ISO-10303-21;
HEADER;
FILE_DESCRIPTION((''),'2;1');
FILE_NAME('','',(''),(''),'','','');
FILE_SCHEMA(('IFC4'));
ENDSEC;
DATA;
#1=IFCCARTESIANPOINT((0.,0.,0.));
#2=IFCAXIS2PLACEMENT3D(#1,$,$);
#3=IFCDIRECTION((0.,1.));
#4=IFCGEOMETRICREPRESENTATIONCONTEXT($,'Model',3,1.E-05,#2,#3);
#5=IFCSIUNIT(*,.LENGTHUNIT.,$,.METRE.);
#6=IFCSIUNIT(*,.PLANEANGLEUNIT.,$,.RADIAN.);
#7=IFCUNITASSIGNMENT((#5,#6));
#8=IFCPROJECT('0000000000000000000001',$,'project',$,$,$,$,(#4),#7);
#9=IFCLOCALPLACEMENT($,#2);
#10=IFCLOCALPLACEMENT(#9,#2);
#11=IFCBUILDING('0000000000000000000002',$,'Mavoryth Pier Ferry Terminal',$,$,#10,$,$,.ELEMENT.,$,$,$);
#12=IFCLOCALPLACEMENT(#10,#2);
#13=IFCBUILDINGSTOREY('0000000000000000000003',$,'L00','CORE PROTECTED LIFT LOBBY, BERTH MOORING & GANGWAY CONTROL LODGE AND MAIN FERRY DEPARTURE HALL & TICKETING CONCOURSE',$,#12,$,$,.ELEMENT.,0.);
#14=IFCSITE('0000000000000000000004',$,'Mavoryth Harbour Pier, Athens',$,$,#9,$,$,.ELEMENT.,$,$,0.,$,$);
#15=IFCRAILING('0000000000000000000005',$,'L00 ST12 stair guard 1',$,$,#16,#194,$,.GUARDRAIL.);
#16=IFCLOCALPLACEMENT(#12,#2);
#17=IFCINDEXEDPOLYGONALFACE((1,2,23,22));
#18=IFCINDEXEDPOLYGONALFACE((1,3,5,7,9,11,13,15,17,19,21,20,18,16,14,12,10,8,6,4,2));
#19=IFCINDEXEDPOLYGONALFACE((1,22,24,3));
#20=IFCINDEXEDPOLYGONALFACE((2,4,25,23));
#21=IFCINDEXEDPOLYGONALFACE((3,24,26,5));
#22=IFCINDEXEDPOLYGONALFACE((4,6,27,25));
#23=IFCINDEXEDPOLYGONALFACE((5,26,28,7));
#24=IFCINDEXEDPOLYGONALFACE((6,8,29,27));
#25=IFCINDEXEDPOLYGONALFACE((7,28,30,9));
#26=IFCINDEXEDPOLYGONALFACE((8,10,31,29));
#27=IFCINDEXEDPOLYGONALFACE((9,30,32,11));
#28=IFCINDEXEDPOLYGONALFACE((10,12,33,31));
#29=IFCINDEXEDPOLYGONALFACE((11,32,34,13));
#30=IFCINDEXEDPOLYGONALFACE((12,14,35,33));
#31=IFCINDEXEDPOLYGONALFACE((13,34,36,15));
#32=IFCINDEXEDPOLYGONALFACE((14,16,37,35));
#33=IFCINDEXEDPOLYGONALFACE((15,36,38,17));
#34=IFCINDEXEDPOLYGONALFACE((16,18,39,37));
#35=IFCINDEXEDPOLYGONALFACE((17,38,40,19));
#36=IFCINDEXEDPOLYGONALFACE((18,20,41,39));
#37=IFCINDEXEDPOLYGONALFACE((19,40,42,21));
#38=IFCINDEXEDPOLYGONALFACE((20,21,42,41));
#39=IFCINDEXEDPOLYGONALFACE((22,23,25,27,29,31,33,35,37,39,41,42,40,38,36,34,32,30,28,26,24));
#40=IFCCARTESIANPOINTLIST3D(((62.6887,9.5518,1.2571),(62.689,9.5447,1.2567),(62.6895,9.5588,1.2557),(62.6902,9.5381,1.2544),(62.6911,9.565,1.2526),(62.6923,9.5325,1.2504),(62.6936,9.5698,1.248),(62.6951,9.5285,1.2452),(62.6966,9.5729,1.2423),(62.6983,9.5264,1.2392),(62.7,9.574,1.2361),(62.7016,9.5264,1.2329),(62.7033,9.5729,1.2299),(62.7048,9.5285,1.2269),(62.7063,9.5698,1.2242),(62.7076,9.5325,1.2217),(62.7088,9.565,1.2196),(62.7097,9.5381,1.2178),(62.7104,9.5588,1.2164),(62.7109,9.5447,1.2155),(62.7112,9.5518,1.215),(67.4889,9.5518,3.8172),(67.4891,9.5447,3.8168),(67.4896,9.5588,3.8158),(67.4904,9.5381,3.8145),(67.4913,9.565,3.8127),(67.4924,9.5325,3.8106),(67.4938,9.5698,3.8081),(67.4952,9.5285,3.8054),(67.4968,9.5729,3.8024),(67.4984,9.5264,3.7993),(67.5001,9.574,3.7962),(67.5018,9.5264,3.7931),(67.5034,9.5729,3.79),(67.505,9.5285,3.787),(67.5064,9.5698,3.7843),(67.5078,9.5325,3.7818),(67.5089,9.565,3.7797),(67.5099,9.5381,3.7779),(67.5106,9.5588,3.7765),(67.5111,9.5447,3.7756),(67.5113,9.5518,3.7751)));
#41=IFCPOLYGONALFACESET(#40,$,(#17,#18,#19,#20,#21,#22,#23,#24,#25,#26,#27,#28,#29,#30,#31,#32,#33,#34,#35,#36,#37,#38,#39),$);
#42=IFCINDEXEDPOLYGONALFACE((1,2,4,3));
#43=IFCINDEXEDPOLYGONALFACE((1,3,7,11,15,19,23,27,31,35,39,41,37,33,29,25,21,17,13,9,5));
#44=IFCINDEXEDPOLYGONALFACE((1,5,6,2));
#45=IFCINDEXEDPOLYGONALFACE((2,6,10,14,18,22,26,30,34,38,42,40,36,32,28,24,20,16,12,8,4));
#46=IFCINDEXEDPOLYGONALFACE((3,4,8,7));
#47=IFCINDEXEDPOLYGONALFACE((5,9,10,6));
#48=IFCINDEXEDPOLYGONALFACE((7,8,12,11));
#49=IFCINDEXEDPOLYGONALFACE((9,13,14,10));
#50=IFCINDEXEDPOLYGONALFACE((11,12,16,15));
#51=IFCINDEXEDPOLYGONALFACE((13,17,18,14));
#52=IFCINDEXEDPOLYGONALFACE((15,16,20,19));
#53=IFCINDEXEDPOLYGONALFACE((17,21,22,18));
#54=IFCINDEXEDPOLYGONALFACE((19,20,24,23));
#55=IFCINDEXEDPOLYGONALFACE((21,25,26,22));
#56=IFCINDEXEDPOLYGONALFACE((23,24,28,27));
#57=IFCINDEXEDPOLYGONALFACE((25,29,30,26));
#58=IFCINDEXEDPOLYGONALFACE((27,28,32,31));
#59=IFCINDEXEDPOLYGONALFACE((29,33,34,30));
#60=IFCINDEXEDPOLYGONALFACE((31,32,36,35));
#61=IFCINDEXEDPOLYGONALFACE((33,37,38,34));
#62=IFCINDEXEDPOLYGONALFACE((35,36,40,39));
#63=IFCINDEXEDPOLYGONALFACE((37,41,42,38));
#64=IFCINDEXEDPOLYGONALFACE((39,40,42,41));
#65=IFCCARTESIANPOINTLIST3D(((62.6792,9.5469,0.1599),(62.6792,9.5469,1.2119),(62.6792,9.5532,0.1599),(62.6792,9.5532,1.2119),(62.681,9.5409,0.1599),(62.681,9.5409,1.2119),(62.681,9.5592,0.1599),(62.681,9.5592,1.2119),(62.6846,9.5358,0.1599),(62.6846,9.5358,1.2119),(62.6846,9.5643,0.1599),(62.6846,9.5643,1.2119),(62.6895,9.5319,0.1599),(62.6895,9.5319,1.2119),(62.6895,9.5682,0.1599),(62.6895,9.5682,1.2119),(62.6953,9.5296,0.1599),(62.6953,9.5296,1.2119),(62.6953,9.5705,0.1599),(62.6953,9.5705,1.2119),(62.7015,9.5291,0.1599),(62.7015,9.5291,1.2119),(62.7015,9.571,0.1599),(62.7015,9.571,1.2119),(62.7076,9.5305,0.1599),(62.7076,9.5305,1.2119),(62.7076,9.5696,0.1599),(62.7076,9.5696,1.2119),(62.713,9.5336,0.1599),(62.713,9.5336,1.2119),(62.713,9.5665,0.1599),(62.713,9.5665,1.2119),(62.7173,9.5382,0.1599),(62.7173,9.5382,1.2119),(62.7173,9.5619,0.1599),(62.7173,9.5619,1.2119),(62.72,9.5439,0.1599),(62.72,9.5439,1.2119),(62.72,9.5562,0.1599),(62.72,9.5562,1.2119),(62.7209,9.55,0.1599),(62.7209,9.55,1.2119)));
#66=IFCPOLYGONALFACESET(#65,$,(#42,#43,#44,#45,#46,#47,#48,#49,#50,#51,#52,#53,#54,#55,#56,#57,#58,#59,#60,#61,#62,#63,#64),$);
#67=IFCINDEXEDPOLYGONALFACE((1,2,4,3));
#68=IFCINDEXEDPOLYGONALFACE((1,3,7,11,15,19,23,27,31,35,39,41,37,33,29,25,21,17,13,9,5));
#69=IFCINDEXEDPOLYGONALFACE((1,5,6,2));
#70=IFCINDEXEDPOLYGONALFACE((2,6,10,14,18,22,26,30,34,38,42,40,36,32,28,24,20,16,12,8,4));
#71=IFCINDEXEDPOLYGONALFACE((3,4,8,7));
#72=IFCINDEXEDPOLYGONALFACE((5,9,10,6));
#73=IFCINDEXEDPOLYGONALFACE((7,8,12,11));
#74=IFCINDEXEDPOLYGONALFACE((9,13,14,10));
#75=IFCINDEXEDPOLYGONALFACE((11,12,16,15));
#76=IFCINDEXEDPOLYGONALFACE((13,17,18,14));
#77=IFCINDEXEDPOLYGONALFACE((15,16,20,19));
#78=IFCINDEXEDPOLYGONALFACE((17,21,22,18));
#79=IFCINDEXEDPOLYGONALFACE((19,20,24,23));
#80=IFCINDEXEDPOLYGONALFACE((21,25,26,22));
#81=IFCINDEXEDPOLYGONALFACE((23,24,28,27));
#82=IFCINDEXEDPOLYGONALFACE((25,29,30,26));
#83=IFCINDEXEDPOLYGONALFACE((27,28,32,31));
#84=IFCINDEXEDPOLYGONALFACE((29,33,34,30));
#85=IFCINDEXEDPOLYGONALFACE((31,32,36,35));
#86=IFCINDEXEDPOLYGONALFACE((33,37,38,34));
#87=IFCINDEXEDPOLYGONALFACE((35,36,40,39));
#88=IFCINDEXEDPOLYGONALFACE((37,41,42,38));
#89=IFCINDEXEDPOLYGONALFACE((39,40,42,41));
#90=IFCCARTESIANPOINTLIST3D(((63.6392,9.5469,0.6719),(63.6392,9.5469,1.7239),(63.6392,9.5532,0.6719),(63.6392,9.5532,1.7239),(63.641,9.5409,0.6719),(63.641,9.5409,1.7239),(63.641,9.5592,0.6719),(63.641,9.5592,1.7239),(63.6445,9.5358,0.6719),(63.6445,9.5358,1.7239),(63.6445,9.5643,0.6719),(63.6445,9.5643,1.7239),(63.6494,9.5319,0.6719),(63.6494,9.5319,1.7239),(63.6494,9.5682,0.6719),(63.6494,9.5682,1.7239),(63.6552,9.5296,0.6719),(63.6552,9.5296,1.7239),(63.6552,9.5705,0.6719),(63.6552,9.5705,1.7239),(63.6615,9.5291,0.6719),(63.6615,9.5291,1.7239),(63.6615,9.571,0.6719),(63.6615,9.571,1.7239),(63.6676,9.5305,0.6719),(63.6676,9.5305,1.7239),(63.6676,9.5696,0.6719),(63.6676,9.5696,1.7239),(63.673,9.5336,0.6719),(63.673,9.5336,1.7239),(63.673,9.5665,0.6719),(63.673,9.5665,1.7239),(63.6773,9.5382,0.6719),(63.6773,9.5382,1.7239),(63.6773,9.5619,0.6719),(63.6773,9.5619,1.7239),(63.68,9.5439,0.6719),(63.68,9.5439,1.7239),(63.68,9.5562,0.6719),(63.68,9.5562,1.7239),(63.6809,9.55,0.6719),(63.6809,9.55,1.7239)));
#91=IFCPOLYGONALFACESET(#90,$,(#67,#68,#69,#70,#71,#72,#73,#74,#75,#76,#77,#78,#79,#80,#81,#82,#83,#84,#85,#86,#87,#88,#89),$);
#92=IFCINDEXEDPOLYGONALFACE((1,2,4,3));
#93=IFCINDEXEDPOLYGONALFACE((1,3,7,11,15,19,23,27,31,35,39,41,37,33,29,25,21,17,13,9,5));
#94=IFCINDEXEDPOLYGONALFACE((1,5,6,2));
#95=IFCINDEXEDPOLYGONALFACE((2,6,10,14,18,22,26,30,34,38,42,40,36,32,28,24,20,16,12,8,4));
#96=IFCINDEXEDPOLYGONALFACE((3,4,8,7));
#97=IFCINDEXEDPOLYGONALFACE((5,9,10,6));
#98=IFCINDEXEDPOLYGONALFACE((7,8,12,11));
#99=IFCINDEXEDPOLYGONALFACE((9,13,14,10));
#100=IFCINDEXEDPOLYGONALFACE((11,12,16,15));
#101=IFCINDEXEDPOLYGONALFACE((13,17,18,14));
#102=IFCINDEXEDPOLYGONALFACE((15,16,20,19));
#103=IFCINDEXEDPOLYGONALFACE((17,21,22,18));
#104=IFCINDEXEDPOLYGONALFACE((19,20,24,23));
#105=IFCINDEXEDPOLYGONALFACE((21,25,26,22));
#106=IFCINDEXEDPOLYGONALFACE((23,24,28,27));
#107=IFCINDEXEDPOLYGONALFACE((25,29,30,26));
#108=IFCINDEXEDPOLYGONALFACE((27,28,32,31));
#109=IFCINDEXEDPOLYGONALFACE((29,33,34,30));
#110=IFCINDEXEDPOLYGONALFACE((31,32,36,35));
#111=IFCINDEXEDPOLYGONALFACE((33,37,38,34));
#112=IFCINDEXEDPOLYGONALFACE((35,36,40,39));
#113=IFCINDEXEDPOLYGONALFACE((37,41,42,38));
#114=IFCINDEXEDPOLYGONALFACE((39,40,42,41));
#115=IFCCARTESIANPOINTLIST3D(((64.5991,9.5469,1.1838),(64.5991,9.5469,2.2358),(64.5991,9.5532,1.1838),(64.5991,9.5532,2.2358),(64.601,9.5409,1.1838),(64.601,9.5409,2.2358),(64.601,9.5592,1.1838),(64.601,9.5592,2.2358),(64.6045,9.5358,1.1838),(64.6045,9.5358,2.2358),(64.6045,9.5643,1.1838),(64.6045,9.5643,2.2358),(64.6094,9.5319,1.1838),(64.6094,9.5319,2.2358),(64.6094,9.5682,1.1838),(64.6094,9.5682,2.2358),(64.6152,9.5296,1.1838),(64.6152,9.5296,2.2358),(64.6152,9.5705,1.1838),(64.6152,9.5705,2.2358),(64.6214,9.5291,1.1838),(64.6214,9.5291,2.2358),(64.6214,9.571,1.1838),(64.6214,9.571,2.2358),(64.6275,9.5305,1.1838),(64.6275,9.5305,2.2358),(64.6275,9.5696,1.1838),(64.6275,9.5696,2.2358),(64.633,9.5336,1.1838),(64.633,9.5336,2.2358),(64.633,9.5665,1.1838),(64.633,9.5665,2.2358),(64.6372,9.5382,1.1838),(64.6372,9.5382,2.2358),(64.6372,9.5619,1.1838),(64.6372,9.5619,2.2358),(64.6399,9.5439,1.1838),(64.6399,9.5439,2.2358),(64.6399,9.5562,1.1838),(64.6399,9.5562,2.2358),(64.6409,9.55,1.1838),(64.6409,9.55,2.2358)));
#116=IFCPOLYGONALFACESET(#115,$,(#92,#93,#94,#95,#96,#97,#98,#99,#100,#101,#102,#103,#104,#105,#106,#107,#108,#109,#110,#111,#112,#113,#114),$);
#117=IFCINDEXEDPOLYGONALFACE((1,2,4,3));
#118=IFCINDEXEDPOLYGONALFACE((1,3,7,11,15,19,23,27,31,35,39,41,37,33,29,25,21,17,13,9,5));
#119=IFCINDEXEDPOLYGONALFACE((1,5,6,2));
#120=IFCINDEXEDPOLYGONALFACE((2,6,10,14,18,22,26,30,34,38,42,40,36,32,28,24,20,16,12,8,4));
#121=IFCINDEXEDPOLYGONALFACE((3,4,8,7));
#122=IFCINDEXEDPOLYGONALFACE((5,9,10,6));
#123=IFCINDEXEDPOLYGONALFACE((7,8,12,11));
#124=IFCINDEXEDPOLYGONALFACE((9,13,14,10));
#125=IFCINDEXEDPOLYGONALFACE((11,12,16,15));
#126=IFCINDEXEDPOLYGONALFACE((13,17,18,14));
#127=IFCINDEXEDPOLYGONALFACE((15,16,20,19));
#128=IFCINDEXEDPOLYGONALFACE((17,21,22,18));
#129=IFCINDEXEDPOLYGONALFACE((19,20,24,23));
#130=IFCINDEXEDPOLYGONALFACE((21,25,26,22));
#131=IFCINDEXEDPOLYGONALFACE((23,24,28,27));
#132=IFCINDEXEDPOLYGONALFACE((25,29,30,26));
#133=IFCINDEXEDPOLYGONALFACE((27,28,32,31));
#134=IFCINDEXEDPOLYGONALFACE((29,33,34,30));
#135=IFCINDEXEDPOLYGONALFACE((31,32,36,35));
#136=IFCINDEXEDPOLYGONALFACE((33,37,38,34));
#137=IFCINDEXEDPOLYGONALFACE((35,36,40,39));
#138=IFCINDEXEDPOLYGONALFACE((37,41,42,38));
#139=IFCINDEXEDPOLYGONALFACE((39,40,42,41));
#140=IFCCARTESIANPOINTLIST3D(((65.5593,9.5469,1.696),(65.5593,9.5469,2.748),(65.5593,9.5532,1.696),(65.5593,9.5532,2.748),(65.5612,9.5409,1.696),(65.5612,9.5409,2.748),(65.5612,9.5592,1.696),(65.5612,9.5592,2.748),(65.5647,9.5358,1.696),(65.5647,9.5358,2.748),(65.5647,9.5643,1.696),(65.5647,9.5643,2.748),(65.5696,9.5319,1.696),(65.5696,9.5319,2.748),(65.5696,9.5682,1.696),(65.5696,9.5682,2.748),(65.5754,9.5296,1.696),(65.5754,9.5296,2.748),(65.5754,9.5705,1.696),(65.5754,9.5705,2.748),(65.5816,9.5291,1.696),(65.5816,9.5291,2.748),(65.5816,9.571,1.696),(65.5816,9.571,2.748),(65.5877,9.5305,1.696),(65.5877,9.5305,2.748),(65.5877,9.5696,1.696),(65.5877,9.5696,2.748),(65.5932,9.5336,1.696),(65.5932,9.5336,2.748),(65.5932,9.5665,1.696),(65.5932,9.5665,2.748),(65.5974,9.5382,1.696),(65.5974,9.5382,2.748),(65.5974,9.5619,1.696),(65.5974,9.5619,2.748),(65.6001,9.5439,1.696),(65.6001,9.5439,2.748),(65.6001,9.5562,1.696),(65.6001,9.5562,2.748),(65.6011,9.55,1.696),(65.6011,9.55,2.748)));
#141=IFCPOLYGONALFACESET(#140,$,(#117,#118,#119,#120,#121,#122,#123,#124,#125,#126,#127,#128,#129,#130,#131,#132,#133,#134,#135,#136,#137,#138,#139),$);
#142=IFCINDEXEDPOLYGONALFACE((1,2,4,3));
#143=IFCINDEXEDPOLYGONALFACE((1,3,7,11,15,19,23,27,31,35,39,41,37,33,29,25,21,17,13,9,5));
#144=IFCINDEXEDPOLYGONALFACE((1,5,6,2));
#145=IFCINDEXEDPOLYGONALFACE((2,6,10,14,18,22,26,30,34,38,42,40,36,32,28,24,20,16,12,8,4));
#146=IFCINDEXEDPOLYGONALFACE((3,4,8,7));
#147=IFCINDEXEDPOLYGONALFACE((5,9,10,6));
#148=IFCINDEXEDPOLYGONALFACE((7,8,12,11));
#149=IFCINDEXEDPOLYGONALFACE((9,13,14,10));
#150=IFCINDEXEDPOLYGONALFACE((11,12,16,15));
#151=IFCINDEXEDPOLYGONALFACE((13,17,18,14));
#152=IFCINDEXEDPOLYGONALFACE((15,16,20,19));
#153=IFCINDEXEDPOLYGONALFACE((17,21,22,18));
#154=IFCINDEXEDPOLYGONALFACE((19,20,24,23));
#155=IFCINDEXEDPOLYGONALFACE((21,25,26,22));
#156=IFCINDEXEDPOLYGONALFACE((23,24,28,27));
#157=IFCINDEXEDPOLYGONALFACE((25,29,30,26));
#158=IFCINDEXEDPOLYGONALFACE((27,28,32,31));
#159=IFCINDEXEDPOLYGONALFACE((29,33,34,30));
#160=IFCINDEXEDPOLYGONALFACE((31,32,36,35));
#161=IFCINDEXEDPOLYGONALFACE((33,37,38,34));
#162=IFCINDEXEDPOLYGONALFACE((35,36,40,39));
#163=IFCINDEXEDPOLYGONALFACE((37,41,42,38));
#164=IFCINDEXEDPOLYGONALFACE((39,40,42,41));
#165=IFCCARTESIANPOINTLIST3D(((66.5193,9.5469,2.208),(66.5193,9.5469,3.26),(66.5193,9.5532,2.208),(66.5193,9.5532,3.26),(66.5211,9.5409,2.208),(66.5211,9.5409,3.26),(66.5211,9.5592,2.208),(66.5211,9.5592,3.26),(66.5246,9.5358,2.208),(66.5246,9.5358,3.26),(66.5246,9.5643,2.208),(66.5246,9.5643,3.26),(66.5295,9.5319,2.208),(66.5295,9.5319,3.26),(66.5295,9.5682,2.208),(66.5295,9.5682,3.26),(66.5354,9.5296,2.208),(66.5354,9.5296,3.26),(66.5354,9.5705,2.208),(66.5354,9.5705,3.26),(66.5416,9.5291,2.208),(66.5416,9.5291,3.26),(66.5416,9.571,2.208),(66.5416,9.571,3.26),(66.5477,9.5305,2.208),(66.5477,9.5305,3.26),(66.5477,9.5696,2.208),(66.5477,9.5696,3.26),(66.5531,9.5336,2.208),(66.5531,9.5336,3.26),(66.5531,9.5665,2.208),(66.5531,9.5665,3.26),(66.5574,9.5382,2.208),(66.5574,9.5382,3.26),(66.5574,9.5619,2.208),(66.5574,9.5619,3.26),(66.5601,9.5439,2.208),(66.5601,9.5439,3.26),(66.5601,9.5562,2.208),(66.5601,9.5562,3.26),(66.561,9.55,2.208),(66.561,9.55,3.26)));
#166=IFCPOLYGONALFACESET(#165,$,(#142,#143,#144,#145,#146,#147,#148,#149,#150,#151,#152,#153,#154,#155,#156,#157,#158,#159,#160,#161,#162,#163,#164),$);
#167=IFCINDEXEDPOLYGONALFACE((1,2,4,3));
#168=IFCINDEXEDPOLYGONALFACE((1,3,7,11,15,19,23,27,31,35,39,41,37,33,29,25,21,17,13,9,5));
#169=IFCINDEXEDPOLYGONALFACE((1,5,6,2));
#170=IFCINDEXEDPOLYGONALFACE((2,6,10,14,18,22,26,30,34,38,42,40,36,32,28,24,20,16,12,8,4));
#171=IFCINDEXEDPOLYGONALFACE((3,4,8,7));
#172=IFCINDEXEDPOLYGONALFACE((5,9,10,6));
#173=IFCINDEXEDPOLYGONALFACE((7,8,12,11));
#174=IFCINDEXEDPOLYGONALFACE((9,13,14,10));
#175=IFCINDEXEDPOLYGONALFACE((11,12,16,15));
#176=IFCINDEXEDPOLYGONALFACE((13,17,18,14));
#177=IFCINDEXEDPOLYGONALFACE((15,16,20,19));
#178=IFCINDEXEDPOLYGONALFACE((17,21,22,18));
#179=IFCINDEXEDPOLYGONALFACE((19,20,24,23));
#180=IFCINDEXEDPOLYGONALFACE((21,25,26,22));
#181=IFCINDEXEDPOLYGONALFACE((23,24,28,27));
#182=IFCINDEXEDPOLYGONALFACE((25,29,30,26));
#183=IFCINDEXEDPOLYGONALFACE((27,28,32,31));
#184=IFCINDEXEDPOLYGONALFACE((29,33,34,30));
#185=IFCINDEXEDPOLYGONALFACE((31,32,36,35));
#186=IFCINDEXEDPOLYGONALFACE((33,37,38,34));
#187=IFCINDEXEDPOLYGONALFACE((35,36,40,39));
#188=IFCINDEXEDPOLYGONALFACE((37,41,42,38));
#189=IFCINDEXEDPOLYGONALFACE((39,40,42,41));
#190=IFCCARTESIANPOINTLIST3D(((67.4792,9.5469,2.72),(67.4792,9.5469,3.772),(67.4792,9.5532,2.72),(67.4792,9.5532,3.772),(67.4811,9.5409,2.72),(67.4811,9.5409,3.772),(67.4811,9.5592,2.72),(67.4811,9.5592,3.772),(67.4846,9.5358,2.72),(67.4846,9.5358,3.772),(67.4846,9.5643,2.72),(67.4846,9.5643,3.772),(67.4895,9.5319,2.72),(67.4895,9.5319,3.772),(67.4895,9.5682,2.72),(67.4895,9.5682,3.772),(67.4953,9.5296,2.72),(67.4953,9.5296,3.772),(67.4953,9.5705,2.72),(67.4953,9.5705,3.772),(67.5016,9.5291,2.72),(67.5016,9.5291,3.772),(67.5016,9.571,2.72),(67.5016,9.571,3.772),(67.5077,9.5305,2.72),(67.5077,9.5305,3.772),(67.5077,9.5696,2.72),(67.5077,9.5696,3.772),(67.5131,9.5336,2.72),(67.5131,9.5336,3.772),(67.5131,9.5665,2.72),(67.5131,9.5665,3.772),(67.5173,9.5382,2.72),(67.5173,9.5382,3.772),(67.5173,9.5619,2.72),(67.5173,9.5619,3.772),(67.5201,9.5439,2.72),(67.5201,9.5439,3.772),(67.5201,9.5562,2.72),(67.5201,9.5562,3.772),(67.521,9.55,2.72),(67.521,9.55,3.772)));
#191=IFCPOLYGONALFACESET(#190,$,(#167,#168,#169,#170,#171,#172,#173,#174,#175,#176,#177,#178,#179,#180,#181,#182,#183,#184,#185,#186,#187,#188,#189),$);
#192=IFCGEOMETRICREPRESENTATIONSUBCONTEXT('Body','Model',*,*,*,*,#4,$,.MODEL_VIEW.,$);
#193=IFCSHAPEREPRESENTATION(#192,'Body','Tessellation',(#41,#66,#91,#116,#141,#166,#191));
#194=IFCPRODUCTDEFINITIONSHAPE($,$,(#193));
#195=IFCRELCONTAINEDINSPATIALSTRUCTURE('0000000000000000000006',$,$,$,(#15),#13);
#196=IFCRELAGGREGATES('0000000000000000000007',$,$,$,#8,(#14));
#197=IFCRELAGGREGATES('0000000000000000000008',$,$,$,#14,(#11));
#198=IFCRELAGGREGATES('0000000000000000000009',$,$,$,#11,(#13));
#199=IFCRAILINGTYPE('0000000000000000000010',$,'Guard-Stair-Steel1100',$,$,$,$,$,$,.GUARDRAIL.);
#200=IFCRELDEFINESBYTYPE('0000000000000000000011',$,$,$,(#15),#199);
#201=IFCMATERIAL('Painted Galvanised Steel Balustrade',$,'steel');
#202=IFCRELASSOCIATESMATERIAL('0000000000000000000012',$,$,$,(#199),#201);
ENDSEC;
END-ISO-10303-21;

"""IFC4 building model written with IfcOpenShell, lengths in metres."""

from ifc_helpers import new_model, si_unit, direction, frame, origin, origin_2d, place, context, subcontext, project, spatial, circle, extrude, material, type_object, element, save


model = new_model("IFC4")

# Units and contexts
model_context = context("Model", 3, precision=1e-05, world=origin(), true_north=direction((0.0, 1.0)))
body_context = subcontext(model_context, "Body", "Model", "MODEL_VIEW")
ifc_project = project(units=[si_unit("LENGTHUNIT", "METRE"), si_unit("PLANEANGLEUNIT", "RADIAN")], contexts=[model_context])

# Site, building, storey
site_placement = place(None, origin())
site = spatial("IfcSite", under=ifc_project, at=site_placement, Name="Mavoryth Harbour Pier, Athens", CompositionType="ELEMENT", RefElevation=0.0)
building_placement = place(site_placement, origin())
building = spatial("IfcBuilding", under=site, at=building_placement, Name="Mavoryth Pier Ferry Terminal", CompositionType="ELEMENT")
storey_placement = place(building_placement, origin())
storey = spatial("IfcBuildingStorey", under=building, at=storey_placement, Name="L00", Description="CORE PROTECTED LIFT LOBBY, BERTH MOORING & GANGWAY CONTROL LODGE AND MAIN FERRY DEPARTURE HALL & TICKETING CONCOURSE", CompositionType="ELEMENT", Elevation=0.0)

# Railing
ifc_material_1 = material(Name="Painted Galvanised Steel Balustrade", Category="steel")
railing_type = type_object("IfcRailingType", Name="Guard-Stair-Steel1100", PredefinedType="GUARDRAIL", material=ifc_material_1)
railing_1_placement = place(storey_placement, frame((62.7, 9.55, 0.1599)))
element("IfcRailing", 1, at=railing_1_placement, inside=storey, type_object=railing_type, Name="L00 ST12 stair guard 1", PredefinedType="GUARDRAIL", context=body_context, shape_type="SweptSolid", body=[
    extrude(circle(Radius=0.0239, at=origin_2d()), frame((0.0, 0.0, 1.0762), z_axis=(0.88235, 0.0, 0.470593), x_axis=(0.0, 1.0, 0.0)), (0.0, 0.0, 1.0), 5.4402),
    extrude(circle(Radius=0.021, at=origin_2d()), origin(), (0.0, 0.0, 1.0), 1.052),
    extrude(circle(Radius=0.021, at=origin_2d()), frame((0.96, 0.0, 0.512)), (0.0, 0.0, 1.0), 1.052),
    extrude(circle(Radius=0.021, at=origin_2d()), frame((1.9199, 0.0, 1.0239)), (0.0, 0.0, 1.0), 1.052),
    extrude(circle(Radius=0.021, at=origin_2d()), frame((2.8801, 0.0, 1.5361)), (0.0, 0.0, 1.0), 1.052),
    extrude(circle(Radius=0.021, at=origin_2d()), frame((3.8401, 0.0, 2.0481)), (0.0, 0.0, 1.0), 1.052),
    extrude(circle(Radius=0.021, at=origin_2d()), frame((4.8, 0.0, 2.5601)), (0.0, 0.0, 1.0), 1.052),
])

save(model, "model.ifc")
